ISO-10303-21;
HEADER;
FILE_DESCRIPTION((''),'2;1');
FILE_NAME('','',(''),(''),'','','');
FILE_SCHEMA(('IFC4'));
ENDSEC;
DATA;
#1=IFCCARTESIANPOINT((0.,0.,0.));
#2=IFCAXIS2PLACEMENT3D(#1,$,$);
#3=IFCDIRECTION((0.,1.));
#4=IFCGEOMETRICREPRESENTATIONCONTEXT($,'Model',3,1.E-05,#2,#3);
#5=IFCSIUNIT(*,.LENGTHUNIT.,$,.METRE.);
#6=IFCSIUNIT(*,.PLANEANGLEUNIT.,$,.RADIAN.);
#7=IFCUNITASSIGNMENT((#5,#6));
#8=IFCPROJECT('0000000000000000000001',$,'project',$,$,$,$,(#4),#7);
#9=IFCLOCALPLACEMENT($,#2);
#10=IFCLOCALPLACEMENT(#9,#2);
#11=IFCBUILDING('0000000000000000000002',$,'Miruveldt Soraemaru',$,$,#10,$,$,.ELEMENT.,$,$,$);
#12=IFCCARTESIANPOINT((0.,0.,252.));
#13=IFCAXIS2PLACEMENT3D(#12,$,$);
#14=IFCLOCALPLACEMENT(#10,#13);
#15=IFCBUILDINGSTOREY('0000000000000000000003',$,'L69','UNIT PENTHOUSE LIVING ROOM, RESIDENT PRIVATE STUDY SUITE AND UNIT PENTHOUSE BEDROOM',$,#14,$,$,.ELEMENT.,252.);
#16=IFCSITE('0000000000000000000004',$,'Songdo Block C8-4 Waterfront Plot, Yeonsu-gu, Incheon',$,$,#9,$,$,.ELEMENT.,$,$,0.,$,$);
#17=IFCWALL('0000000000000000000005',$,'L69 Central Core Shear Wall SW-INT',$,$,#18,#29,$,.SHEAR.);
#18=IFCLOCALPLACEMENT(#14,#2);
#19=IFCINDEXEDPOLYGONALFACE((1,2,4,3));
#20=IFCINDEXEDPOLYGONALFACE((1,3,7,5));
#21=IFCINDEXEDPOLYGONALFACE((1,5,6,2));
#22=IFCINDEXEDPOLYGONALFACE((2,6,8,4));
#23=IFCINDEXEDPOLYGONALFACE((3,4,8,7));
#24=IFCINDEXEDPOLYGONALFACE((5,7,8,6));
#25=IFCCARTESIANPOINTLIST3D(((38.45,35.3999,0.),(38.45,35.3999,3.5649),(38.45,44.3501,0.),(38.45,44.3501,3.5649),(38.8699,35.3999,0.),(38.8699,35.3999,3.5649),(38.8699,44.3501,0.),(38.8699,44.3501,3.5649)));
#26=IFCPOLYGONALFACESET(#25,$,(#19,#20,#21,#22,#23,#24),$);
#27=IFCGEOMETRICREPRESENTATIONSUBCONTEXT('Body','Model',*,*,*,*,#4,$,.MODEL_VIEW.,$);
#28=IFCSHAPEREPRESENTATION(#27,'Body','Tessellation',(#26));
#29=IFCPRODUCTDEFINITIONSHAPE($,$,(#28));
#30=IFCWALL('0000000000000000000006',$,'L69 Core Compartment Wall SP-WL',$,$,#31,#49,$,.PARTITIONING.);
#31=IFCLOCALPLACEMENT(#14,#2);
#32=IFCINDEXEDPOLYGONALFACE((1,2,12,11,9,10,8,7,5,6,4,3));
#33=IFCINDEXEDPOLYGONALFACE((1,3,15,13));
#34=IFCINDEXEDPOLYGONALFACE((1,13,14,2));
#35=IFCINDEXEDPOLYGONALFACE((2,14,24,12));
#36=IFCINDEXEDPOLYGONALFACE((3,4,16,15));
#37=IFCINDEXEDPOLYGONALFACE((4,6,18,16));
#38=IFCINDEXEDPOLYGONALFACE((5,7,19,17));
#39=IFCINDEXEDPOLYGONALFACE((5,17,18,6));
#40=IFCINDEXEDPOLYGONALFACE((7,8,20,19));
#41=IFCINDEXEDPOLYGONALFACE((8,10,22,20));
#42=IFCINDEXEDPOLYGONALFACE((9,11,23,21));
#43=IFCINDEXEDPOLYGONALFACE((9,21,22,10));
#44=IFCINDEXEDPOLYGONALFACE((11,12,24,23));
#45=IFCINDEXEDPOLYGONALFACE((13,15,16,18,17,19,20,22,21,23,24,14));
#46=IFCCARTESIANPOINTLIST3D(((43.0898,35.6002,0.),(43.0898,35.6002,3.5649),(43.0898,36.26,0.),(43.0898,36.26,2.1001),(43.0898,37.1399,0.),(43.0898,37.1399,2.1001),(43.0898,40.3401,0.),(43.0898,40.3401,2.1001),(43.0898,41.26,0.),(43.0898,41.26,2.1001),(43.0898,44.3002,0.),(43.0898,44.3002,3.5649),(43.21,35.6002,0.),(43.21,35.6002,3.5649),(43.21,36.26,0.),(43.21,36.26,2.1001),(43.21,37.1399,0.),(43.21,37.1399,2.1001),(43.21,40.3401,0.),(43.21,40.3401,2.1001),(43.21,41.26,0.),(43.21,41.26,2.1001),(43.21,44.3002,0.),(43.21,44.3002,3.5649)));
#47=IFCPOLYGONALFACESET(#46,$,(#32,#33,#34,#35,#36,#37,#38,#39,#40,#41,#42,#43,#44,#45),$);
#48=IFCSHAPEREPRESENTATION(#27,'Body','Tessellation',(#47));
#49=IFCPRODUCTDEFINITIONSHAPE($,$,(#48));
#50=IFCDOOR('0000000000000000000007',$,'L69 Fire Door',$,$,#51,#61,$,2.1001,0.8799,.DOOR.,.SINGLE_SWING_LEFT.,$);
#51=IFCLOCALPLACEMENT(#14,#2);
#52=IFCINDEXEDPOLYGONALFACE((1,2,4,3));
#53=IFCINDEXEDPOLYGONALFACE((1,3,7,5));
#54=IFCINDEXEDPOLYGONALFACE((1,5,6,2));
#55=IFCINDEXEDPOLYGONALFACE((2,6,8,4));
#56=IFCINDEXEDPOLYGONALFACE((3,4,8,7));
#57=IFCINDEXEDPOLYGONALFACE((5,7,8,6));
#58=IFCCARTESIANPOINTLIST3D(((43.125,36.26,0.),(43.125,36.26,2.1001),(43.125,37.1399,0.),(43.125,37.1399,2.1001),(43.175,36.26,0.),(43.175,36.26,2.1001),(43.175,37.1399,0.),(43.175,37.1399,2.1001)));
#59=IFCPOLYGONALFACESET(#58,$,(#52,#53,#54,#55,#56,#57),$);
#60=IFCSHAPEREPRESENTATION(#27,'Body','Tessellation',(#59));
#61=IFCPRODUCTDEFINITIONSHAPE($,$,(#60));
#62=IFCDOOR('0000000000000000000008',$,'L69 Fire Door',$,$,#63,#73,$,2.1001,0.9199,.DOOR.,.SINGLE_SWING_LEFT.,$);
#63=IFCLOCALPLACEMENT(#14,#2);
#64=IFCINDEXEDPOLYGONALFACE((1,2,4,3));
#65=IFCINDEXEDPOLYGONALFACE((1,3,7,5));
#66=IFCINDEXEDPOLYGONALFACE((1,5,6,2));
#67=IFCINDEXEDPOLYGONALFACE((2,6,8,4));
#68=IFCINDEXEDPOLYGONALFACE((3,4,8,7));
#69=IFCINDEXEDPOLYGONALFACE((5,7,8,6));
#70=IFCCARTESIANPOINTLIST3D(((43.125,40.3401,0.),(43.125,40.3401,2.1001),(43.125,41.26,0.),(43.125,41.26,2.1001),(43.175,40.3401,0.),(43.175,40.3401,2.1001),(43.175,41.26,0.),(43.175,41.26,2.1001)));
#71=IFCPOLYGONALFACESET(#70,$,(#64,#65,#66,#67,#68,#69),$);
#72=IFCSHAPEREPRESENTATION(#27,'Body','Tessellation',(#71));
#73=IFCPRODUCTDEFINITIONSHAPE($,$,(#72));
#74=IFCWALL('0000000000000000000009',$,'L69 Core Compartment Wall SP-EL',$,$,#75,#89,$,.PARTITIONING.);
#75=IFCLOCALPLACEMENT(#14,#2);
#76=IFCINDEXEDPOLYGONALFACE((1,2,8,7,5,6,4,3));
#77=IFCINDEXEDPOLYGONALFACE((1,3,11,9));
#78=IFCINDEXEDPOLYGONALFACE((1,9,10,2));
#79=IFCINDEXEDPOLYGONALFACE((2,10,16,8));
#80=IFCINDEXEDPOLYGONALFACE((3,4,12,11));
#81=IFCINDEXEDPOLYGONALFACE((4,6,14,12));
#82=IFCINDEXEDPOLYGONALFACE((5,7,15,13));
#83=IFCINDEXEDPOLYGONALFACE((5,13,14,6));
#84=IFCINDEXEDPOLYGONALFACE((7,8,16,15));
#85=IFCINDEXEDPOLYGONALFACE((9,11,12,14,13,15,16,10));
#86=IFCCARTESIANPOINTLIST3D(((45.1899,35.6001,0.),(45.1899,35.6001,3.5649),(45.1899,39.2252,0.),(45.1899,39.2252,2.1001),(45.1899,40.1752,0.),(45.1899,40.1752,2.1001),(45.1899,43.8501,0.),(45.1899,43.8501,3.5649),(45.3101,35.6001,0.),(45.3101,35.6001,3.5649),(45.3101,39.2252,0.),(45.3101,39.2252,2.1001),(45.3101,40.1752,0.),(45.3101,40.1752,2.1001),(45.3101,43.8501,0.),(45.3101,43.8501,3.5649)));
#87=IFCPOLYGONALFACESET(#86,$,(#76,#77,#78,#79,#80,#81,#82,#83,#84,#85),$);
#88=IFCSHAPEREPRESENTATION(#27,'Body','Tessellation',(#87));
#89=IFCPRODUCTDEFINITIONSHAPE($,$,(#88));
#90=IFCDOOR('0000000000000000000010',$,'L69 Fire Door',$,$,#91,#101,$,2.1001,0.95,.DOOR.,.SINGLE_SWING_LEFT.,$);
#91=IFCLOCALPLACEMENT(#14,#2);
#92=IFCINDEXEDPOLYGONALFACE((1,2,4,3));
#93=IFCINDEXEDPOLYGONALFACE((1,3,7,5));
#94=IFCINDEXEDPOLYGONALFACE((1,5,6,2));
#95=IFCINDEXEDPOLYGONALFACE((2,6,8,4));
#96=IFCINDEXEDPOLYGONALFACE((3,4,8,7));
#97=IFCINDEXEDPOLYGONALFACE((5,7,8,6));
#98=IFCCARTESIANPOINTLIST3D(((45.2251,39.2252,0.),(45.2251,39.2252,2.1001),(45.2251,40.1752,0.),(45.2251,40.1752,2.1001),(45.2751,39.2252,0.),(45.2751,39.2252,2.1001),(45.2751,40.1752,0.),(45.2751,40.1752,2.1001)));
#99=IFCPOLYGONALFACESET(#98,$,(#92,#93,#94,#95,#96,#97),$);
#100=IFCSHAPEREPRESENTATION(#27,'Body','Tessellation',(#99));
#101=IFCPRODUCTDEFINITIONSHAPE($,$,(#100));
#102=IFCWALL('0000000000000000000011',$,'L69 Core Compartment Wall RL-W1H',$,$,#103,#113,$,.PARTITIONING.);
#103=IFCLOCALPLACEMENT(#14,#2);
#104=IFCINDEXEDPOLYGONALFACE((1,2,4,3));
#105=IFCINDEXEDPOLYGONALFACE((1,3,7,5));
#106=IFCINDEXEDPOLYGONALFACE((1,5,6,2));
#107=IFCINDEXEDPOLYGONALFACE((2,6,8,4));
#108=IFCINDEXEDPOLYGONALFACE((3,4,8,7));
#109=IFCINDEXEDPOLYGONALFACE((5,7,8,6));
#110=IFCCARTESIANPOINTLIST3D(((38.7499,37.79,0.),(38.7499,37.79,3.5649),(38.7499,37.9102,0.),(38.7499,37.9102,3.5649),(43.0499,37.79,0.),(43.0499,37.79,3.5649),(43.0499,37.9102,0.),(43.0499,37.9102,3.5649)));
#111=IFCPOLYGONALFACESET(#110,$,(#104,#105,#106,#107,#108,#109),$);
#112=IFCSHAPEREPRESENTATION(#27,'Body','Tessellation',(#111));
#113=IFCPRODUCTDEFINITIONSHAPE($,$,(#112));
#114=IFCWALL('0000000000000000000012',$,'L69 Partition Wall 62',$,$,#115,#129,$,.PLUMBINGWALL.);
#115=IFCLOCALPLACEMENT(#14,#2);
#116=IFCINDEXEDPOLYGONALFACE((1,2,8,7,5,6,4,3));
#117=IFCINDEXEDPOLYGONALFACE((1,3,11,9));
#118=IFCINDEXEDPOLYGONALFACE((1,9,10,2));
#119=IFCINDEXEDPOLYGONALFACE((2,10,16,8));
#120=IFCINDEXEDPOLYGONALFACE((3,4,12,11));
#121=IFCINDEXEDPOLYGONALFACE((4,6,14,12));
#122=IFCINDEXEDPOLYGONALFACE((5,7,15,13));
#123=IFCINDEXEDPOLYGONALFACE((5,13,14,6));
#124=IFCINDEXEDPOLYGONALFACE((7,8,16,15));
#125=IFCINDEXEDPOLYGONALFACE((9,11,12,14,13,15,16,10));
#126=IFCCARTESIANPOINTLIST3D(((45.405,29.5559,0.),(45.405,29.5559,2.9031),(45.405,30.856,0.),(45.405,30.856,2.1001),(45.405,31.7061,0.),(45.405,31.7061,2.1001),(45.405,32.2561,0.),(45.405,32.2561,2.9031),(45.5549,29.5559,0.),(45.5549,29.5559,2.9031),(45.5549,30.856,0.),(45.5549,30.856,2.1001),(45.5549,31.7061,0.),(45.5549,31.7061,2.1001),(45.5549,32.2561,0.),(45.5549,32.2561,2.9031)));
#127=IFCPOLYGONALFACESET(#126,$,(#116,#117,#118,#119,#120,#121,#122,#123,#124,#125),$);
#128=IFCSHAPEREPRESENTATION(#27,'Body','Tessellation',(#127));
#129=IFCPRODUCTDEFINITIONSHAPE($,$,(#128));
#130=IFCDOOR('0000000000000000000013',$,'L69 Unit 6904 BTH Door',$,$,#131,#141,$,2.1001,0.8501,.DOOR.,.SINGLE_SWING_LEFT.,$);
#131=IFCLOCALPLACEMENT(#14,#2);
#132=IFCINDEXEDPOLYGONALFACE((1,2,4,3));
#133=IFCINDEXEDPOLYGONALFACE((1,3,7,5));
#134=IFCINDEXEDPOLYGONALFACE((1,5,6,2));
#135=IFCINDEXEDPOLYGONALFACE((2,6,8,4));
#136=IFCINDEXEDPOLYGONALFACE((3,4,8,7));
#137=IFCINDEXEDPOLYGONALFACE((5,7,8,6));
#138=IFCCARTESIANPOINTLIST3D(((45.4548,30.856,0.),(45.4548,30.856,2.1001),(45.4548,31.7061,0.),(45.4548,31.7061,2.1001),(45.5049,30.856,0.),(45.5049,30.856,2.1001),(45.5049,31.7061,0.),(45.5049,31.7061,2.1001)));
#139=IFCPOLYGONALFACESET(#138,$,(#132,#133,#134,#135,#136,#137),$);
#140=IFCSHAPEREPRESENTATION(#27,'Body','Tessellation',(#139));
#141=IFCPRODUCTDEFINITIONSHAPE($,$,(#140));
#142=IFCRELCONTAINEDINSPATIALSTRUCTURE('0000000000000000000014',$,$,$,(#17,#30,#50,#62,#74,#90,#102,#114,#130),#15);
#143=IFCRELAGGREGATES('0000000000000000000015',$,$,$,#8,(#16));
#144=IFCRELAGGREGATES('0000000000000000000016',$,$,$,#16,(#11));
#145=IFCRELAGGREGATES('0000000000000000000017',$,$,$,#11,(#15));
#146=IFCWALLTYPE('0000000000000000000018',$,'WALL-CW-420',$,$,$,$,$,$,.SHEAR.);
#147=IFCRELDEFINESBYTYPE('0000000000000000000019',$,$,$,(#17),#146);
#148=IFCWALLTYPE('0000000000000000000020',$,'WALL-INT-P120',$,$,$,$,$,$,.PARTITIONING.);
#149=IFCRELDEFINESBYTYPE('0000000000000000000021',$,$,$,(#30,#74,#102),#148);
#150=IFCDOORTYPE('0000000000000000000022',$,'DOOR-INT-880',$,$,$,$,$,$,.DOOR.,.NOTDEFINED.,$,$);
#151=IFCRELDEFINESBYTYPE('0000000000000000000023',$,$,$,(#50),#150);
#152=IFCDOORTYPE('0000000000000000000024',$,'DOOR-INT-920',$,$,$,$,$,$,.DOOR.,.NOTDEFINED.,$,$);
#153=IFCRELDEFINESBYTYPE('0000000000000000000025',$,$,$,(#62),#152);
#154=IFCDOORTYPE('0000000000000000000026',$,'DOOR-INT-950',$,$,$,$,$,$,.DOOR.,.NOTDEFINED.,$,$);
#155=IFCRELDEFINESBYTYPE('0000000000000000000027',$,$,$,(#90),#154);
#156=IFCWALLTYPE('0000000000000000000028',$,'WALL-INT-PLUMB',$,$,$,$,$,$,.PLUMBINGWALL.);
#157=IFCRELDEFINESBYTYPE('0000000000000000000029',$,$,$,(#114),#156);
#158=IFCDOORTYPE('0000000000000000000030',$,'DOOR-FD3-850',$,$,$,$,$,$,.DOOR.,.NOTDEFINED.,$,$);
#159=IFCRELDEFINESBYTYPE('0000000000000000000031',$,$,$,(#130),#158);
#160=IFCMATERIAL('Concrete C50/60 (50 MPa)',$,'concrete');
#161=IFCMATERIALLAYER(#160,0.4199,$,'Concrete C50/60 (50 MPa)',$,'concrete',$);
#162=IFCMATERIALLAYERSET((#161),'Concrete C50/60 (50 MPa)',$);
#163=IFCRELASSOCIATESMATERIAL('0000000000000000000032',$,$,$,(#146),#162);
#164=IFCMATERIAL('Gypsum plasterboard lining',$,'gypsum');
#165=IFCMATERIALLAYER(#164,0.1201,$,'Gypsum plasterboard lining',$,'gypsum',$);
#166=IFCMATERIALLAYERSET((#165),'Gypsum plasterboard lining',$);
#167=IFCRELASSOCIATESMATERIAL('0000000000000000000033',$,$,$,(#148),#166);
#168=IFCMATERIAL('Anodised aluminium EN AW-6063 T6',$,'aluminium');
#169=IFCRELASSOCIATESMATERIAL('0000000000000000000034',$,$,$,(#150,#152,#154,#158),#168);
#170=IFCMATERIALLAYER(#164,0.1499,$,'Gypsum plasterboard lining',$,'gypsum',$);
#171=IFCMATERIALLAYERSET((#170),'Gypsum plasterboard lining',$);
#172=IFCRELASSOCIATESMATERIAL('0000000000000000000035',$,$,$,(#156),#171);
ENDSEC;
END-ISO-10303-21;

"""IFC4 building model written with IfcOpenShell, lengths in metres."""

from ifc_helpers import new_model, si_unit, direction, frame, frame_2d, origin, place, context, subcontext, project, spatial, rectangle, extrude, material, layer, layer_set, type_object, element, fill, save


model = new_model("IFC4")

# Units and contexts
model_context = context("Model", 3, precision=1e-05, world=origin(), true_north=direction((0.0, 1.0)))
body_context = subcontext(model_context, "Body", "Model", "MODEL_VIEW")
ifc_project = project(units=[si_unit("LENGTHUNIT", "METRE"), si_unit("PLANEANGLEUNIT", "RADIAN")], contexts=[model_context])

# Site, building, storey
site_placement = place(None, origin())
site = spatial("IfcSite", under=ifc_project, at=site_placement, Name="Songdo Block C8-4 Waterfront Plot, Yeonsu-gu, Incheon", CompositionType="ELEMENT", RefElevation=0.0)
building_placement = place(site_placement, origin())
building = spatial("IfcBuilding", under=site, at=building_placement, Name="Miruveldt Soraemaru", CompositionType="ELEMENT")
storey_placement = place(building_placement, frame((0.0, 0.0, 252.0)))
storey = spatial("IfcBuildingStorey", under=building, at=storey_placement, Name="L69", Description="UNIT PENTHOUSE LIVING ROOM, RESIDENT PRIVATE STUDY SUITE AND UNIT PENTHOUSE BEDROOM", CompositionType="ELEMENT", Elevation=252.0)

# Wall
ifc_material_1 = material(Name="Concrete C50/60 (50 MPa)", Category="concrete")
ifc_layer_1 = layer(ifc_material_1, 0.4199, Name="Concrete C50/60 (50 MPa)", Category="concrete")
ifc_layer_set_1 = layer_set([ifc_layer_1], Name="Concrete C50/60 (50 MPa)")
wall_type_1 = type_object("IfcWallType", Name="WALL-CW-420", PredefinedType="SHEAR", material=ifc_layer_set_1)
wall_1_placement = place(storey_placement, frame((38.6599, 35.3999, 0.0), z_axis=(0.0, 0.0, 1.0), x_axis=(0.0, 1.0, 0.0)))
element("IfcWall", 1, at=wall_1_placement, inside=storey, type_object=wall_type_1, Name="L69 Central Core Shear Wall SW-INT", PredefinedType="SHEAR", context=body_context, shape_type="SweptSolid", body=[
    extrude(rectangle(XDim=8.9502, YDim=0.4199, at=frame_2d((4.4751, 0.0))), origin(), (0.0, 0.0, 1.0), 3.5649),
])

# Wall, openings, doors
ifc_material_2 = material(Name="Gypsum plasterboard lining", Category="gypsum")
ifc_layer_2 = layer(ifc_material_2, 0.1201, Name="Gypsum plasterboard lining", Category="gypsum")
ifc_layer_set_2 = layer_set([ifc_layer_2], Name="Gypsum plasterboard lining")
wall_type_2 = type_object("IfcWallType", Name="WALL-INT-P120", PredefinedType="PARTITIONING", material=ifc_layer_set_2)
wall_2_placement = place(storey_placement, frame((43.1499, 35.6001, 0.0), z_axis=(0.0, 0.0, 1.0), x_axis=(0.0, 1.0, 0.0)))
wall_2 = element("IfcWall", 2, at=wall_2_placement, inside=storey, type_object=wall_type_2, Name="L69 Core Compartment Wall SP-WL", PredefinedType="PARTITIONING", context=body_context, shape_type="SweptSolid", body=[
    extrude(rectangle(XDim=8.7, YDim=0.1201, at=frame_2d((4.3501, 0.0))), origin(), (0.0, 0.0, 1.0), 3.5649),
])
opening_1_placement = place(wall_2_placement, frame((0.6599, 0.0, 0.0)))
opening_1 = element("IfcOpeningElement", 3, at=opening_1_placement, cuts=wall_2, PredefinedType="OPENING", context=body_context, shape_type="SweptSolid", body=[
    extrude(rectangle(XDim=0.8799, YDim=2.1001, at=frame_2d((0.4399, 1.05))), frame((0.0, 0.0701, 0.0), z_axis=(0.0, -1.0, 0.0), x_axis=(1.0, 0.0, 0.0)), (0.0, 0.0, 1.0), 0.1401),
])
opening_2_placement = place(wall_2_placement, frame((4.74, 0.0, 0.0)))
opening_2 = element("IfcOpeningElement", 4, at=opening_2_placement, cuts=wall_2, PredefinedType="OPENING", context=body_context, shape_type="SweptSolid", body=[
    extrude(rectangle(XDim=0.9199, YDim=2.1001, at=frame_2d((0.46, 1.05))), frame((0.0, 0.0701, 0.0), z_axis=(0.0, -1.0, 0.0), x_axis=(1.0, 0.0, 0.0)), (0.0, 0.0, 1.0), 0.1401),
])
ifc_material_3 = material(Name="Anodised aluminium EN AW-6063 T6", Category="aluminium")
door_type_1 = type_object("IfcDoorType", Name="DOOR-INT-880", OperationType="NOTDEFINED", PredefinedType="DOOR", material=ifc_material_3)
door_1_placement = place(opening_1_placement, origin())
door_1 = element("IfcDoor", 5, at=door_1_placement, inside=storey, type_object=door_type_1, Name="L69 Fire Door", OperationType="SINGLE_SWING_LEFT", OverallHeight=2.1001, OverallWidth=0.8799, PredefinedType="DOOR", context=body_context, shape_type="SweptSolid", body=[
    extrude(rectangle(XDim=0.8799, YDim=2.1001, at=frame_2d((0.4399, 1.05))), frame((0.0, 0.0249, 0.0), z_axis=(0.0, -1.0, 0.0), x_axis=(1.0, 0.0, 0.0)), (0.0, 0.0, 1.0), 0.05),
])
fill(opening_1, door_1)
door_type_2 = type_object("IfcDoorType", Name="DOOR-INT-920", OperationType="NOTDEFINED", PredefinedType="DOOR", material=ifc_material_3)
door_2_placement = place(opening_2_placement, origin())
door_2 = element("IfcDoor", 6, at=door_2_placement, inside=storey, type_object=door_type_2, Name="L69 Fire Door", OperationType="SINGLE_SWING_LEFT", OverallHeight=2.1001, OverallWidth=0.9199, PredefinedType="DOOR", context=body_context, shape_type="SweptSolid", body=[
    extrude(rectangle(XDim=0.9199, YDim=2.1001, at=frame_2d((0.46, 1.05))), frame((0.0, 0.0249, 0.0), z_axis=(0.0, -1.0, 0.0), x_axis=(1.0, 0.0, 0.0)), (0.0, 0.0, 1.0), 0.05),
])
fill(opening_2, door_2)

# Wall, opening, door
wall_3_placement = place(storey_placement, frame((45.25, 35.6001, 0.0), z_axis=(0.0, 0.0, 1.0), x_axis=(0.0, 1.0, 0.0)))
wall_3 = element("IfcWall", 7, at=wall_3_placement, inside=storey, type_object=wall_type_2, Name="L69 Core Compartment Wall SP-EL", PredefinedType="PARTITIONING", context=body_context, shape_type="SweptSolid", body=[
    extrude(rectangle(XDim=8.25, YDim=0.1201, at=frame_2d((4.125, 0.0))), origin(), (0.0, 0.0, 1.0), 3.5649),
])
opening_3_placement = place(wall_3_placement, frame((3.625, 0.0, 0.0)))
opening_3 = element("IfcOpeningElement", 8, at=opening_3_placement, cuts=wall_3, PredefinedType="OPENING", context=body_context, shape_type="SweptSolid", body=[
    extrude(rectangle(XDim=0.95, YDim=2.1001, at=frame_2d((0.4751, 1.05))), frame((0.0, 0.0701, 0.0), z_axis=(0.0, -1.0, 0.0), x_axis=(1.0, 0.0, 0.0)), (0.0, 0.0, 1.0), 0.1401),
])
door_type_3 = type_object("IfcDoorType", Name="DOOR-INT-950", OperationType="NOTDEFINED", PredefinedType="DOOR", material=ifc_material_3)
door_3_placement = place(opening_3_placement, origin())
door_3 = element("IfcDoor", 9, at=door_3_placement, inside=storey, type_object=door_type_3, Name="L69 Fire Door", OperationType="SINGLE_SWING_LEFT", OverallHeight=2.1001, OverallWidth=0.95, PredefinedType="DOOR", context=body_context, shape_type="SweptSolid", body=[
    extrude(rectangle(XDim=0.95, YDim=2.1001, at=frame_2d((0.4751, 1.05))), frame((0.0, 0.0249, 0.0), z_axis=(0.0, -1.0, 0.0), x_axis=(1.0, 0.0, 0.0)), (0.0, 0.0, 1.0), 0.05),
])
fill(opening_3, door_3)

# Wall
wall_4_placement = place(storey_placement, frame((38.75, 37.8501, 0.0), z_axis=(0.0, 0.0, 1.0), x_axis=(1.0, 0.0, 0.0)))
element("IfcWall", 10, at=wall_4_placement, inside=storey, type_object=wall_type_2, Name="L69 Core Compartment Wall RL-W1H", PredefinedType="PARTITIONING", context=body_context, shape_type="SweptSolid", body=[
    extrude(rectangle(XDim=4.3, YDim=0.1201, at=frame_2d((2.1499, 0.0))), origin(), (0.0, 0.0, 1.0), 3.5649),
])

# Wall, opening, door
ifc_layer_3 = layer(ifc_material_2, 0.1499, Name="Gypsum plasterboard lining", Category="gypsum")
ifc_layer_set_3 = layer_set([ifc_layer_3], Name="Gypsum plasterboard lining")
wall_type_3 = type_object("IfcWallType", Name="WALL-INT-PLUMB", PredefinedType="PLUMBINGWALL", material=ifc_layer_set_3)
wall_5_placement = place(storey_placement, frame((45.48, 32.2561, 0.0), z_axis=(0.0, 0.0, 1.0), x_axis=(0.0, -1.0, 0.0)))
wall_5 = element("IfcWall", 11, at=wall_5_placement, inside=storey, type_object=wall_type_3, Name="L69 Partition Wall 62", PredefinedType="PLUMBINGWALL", context=body_context, shape_type="SweptSolid", body=[
    extrude(rectangle(XDim=2.7002, YDim=0.1499, at=frame_2d((1.3501, 0.0))), origin(), (0.0, 0.0, 1.0), 2.9031),
])
opening_4_placement = place(wall_5_placement, frame((0.55, 0.0, 0.0)))
opening_4 = element("IfcOpeningElement", 12, at=opening_4_placement, cuts=wall_5, PredefinedType="OPENING", context=body_context, shape_type="SweptSolid", body=[
    extrude(rectangle(XDim=0.8501, YDim=2.1001, at=frame_2d((0.425, 1.05))), frame((0.0, 0.085, 0.0), z_axis=(0.0, -1.0, 0.0), x_axis=(1.0, 0.0, 0.0)), (0.0, 0.0, 1.0), 0.1699),
])
door_type_4 = type_object("IfcDoorType", Name="DOOR-FD3-850", OperationType="NOTDEFINED", PredefinedType="DOOR", material=ifc_material_3)
door_4_placement = place(opening_4_placement, origin())
door_4 = element("IfcDoor", 13, at=door_4_placement, inside=storey, type_object=door_type_4, Name="L69 Unit 6904 BTH Door", OperationType="SINGLE_SWING_LEFT", OverallHeight=2.1001, OverallWidth=0.8501, PredefinedType="DOOR", context=body_context, shape_type="SweptSolid", body=[
    extrude(rectangle(XDim=0.8501, YDim=2.1001, at=frame_2d((0.425, 1.05))), frame((0.0, 0.0249, 0.0), z_axis=(0.0, -1.0, 0.0), x_axis=(1.0, 0.0, 0.0)), (0.0, 0.0, 1.0), 0.05),
])
fill(opening_4, door_4)

save(model, "model.ifc")
